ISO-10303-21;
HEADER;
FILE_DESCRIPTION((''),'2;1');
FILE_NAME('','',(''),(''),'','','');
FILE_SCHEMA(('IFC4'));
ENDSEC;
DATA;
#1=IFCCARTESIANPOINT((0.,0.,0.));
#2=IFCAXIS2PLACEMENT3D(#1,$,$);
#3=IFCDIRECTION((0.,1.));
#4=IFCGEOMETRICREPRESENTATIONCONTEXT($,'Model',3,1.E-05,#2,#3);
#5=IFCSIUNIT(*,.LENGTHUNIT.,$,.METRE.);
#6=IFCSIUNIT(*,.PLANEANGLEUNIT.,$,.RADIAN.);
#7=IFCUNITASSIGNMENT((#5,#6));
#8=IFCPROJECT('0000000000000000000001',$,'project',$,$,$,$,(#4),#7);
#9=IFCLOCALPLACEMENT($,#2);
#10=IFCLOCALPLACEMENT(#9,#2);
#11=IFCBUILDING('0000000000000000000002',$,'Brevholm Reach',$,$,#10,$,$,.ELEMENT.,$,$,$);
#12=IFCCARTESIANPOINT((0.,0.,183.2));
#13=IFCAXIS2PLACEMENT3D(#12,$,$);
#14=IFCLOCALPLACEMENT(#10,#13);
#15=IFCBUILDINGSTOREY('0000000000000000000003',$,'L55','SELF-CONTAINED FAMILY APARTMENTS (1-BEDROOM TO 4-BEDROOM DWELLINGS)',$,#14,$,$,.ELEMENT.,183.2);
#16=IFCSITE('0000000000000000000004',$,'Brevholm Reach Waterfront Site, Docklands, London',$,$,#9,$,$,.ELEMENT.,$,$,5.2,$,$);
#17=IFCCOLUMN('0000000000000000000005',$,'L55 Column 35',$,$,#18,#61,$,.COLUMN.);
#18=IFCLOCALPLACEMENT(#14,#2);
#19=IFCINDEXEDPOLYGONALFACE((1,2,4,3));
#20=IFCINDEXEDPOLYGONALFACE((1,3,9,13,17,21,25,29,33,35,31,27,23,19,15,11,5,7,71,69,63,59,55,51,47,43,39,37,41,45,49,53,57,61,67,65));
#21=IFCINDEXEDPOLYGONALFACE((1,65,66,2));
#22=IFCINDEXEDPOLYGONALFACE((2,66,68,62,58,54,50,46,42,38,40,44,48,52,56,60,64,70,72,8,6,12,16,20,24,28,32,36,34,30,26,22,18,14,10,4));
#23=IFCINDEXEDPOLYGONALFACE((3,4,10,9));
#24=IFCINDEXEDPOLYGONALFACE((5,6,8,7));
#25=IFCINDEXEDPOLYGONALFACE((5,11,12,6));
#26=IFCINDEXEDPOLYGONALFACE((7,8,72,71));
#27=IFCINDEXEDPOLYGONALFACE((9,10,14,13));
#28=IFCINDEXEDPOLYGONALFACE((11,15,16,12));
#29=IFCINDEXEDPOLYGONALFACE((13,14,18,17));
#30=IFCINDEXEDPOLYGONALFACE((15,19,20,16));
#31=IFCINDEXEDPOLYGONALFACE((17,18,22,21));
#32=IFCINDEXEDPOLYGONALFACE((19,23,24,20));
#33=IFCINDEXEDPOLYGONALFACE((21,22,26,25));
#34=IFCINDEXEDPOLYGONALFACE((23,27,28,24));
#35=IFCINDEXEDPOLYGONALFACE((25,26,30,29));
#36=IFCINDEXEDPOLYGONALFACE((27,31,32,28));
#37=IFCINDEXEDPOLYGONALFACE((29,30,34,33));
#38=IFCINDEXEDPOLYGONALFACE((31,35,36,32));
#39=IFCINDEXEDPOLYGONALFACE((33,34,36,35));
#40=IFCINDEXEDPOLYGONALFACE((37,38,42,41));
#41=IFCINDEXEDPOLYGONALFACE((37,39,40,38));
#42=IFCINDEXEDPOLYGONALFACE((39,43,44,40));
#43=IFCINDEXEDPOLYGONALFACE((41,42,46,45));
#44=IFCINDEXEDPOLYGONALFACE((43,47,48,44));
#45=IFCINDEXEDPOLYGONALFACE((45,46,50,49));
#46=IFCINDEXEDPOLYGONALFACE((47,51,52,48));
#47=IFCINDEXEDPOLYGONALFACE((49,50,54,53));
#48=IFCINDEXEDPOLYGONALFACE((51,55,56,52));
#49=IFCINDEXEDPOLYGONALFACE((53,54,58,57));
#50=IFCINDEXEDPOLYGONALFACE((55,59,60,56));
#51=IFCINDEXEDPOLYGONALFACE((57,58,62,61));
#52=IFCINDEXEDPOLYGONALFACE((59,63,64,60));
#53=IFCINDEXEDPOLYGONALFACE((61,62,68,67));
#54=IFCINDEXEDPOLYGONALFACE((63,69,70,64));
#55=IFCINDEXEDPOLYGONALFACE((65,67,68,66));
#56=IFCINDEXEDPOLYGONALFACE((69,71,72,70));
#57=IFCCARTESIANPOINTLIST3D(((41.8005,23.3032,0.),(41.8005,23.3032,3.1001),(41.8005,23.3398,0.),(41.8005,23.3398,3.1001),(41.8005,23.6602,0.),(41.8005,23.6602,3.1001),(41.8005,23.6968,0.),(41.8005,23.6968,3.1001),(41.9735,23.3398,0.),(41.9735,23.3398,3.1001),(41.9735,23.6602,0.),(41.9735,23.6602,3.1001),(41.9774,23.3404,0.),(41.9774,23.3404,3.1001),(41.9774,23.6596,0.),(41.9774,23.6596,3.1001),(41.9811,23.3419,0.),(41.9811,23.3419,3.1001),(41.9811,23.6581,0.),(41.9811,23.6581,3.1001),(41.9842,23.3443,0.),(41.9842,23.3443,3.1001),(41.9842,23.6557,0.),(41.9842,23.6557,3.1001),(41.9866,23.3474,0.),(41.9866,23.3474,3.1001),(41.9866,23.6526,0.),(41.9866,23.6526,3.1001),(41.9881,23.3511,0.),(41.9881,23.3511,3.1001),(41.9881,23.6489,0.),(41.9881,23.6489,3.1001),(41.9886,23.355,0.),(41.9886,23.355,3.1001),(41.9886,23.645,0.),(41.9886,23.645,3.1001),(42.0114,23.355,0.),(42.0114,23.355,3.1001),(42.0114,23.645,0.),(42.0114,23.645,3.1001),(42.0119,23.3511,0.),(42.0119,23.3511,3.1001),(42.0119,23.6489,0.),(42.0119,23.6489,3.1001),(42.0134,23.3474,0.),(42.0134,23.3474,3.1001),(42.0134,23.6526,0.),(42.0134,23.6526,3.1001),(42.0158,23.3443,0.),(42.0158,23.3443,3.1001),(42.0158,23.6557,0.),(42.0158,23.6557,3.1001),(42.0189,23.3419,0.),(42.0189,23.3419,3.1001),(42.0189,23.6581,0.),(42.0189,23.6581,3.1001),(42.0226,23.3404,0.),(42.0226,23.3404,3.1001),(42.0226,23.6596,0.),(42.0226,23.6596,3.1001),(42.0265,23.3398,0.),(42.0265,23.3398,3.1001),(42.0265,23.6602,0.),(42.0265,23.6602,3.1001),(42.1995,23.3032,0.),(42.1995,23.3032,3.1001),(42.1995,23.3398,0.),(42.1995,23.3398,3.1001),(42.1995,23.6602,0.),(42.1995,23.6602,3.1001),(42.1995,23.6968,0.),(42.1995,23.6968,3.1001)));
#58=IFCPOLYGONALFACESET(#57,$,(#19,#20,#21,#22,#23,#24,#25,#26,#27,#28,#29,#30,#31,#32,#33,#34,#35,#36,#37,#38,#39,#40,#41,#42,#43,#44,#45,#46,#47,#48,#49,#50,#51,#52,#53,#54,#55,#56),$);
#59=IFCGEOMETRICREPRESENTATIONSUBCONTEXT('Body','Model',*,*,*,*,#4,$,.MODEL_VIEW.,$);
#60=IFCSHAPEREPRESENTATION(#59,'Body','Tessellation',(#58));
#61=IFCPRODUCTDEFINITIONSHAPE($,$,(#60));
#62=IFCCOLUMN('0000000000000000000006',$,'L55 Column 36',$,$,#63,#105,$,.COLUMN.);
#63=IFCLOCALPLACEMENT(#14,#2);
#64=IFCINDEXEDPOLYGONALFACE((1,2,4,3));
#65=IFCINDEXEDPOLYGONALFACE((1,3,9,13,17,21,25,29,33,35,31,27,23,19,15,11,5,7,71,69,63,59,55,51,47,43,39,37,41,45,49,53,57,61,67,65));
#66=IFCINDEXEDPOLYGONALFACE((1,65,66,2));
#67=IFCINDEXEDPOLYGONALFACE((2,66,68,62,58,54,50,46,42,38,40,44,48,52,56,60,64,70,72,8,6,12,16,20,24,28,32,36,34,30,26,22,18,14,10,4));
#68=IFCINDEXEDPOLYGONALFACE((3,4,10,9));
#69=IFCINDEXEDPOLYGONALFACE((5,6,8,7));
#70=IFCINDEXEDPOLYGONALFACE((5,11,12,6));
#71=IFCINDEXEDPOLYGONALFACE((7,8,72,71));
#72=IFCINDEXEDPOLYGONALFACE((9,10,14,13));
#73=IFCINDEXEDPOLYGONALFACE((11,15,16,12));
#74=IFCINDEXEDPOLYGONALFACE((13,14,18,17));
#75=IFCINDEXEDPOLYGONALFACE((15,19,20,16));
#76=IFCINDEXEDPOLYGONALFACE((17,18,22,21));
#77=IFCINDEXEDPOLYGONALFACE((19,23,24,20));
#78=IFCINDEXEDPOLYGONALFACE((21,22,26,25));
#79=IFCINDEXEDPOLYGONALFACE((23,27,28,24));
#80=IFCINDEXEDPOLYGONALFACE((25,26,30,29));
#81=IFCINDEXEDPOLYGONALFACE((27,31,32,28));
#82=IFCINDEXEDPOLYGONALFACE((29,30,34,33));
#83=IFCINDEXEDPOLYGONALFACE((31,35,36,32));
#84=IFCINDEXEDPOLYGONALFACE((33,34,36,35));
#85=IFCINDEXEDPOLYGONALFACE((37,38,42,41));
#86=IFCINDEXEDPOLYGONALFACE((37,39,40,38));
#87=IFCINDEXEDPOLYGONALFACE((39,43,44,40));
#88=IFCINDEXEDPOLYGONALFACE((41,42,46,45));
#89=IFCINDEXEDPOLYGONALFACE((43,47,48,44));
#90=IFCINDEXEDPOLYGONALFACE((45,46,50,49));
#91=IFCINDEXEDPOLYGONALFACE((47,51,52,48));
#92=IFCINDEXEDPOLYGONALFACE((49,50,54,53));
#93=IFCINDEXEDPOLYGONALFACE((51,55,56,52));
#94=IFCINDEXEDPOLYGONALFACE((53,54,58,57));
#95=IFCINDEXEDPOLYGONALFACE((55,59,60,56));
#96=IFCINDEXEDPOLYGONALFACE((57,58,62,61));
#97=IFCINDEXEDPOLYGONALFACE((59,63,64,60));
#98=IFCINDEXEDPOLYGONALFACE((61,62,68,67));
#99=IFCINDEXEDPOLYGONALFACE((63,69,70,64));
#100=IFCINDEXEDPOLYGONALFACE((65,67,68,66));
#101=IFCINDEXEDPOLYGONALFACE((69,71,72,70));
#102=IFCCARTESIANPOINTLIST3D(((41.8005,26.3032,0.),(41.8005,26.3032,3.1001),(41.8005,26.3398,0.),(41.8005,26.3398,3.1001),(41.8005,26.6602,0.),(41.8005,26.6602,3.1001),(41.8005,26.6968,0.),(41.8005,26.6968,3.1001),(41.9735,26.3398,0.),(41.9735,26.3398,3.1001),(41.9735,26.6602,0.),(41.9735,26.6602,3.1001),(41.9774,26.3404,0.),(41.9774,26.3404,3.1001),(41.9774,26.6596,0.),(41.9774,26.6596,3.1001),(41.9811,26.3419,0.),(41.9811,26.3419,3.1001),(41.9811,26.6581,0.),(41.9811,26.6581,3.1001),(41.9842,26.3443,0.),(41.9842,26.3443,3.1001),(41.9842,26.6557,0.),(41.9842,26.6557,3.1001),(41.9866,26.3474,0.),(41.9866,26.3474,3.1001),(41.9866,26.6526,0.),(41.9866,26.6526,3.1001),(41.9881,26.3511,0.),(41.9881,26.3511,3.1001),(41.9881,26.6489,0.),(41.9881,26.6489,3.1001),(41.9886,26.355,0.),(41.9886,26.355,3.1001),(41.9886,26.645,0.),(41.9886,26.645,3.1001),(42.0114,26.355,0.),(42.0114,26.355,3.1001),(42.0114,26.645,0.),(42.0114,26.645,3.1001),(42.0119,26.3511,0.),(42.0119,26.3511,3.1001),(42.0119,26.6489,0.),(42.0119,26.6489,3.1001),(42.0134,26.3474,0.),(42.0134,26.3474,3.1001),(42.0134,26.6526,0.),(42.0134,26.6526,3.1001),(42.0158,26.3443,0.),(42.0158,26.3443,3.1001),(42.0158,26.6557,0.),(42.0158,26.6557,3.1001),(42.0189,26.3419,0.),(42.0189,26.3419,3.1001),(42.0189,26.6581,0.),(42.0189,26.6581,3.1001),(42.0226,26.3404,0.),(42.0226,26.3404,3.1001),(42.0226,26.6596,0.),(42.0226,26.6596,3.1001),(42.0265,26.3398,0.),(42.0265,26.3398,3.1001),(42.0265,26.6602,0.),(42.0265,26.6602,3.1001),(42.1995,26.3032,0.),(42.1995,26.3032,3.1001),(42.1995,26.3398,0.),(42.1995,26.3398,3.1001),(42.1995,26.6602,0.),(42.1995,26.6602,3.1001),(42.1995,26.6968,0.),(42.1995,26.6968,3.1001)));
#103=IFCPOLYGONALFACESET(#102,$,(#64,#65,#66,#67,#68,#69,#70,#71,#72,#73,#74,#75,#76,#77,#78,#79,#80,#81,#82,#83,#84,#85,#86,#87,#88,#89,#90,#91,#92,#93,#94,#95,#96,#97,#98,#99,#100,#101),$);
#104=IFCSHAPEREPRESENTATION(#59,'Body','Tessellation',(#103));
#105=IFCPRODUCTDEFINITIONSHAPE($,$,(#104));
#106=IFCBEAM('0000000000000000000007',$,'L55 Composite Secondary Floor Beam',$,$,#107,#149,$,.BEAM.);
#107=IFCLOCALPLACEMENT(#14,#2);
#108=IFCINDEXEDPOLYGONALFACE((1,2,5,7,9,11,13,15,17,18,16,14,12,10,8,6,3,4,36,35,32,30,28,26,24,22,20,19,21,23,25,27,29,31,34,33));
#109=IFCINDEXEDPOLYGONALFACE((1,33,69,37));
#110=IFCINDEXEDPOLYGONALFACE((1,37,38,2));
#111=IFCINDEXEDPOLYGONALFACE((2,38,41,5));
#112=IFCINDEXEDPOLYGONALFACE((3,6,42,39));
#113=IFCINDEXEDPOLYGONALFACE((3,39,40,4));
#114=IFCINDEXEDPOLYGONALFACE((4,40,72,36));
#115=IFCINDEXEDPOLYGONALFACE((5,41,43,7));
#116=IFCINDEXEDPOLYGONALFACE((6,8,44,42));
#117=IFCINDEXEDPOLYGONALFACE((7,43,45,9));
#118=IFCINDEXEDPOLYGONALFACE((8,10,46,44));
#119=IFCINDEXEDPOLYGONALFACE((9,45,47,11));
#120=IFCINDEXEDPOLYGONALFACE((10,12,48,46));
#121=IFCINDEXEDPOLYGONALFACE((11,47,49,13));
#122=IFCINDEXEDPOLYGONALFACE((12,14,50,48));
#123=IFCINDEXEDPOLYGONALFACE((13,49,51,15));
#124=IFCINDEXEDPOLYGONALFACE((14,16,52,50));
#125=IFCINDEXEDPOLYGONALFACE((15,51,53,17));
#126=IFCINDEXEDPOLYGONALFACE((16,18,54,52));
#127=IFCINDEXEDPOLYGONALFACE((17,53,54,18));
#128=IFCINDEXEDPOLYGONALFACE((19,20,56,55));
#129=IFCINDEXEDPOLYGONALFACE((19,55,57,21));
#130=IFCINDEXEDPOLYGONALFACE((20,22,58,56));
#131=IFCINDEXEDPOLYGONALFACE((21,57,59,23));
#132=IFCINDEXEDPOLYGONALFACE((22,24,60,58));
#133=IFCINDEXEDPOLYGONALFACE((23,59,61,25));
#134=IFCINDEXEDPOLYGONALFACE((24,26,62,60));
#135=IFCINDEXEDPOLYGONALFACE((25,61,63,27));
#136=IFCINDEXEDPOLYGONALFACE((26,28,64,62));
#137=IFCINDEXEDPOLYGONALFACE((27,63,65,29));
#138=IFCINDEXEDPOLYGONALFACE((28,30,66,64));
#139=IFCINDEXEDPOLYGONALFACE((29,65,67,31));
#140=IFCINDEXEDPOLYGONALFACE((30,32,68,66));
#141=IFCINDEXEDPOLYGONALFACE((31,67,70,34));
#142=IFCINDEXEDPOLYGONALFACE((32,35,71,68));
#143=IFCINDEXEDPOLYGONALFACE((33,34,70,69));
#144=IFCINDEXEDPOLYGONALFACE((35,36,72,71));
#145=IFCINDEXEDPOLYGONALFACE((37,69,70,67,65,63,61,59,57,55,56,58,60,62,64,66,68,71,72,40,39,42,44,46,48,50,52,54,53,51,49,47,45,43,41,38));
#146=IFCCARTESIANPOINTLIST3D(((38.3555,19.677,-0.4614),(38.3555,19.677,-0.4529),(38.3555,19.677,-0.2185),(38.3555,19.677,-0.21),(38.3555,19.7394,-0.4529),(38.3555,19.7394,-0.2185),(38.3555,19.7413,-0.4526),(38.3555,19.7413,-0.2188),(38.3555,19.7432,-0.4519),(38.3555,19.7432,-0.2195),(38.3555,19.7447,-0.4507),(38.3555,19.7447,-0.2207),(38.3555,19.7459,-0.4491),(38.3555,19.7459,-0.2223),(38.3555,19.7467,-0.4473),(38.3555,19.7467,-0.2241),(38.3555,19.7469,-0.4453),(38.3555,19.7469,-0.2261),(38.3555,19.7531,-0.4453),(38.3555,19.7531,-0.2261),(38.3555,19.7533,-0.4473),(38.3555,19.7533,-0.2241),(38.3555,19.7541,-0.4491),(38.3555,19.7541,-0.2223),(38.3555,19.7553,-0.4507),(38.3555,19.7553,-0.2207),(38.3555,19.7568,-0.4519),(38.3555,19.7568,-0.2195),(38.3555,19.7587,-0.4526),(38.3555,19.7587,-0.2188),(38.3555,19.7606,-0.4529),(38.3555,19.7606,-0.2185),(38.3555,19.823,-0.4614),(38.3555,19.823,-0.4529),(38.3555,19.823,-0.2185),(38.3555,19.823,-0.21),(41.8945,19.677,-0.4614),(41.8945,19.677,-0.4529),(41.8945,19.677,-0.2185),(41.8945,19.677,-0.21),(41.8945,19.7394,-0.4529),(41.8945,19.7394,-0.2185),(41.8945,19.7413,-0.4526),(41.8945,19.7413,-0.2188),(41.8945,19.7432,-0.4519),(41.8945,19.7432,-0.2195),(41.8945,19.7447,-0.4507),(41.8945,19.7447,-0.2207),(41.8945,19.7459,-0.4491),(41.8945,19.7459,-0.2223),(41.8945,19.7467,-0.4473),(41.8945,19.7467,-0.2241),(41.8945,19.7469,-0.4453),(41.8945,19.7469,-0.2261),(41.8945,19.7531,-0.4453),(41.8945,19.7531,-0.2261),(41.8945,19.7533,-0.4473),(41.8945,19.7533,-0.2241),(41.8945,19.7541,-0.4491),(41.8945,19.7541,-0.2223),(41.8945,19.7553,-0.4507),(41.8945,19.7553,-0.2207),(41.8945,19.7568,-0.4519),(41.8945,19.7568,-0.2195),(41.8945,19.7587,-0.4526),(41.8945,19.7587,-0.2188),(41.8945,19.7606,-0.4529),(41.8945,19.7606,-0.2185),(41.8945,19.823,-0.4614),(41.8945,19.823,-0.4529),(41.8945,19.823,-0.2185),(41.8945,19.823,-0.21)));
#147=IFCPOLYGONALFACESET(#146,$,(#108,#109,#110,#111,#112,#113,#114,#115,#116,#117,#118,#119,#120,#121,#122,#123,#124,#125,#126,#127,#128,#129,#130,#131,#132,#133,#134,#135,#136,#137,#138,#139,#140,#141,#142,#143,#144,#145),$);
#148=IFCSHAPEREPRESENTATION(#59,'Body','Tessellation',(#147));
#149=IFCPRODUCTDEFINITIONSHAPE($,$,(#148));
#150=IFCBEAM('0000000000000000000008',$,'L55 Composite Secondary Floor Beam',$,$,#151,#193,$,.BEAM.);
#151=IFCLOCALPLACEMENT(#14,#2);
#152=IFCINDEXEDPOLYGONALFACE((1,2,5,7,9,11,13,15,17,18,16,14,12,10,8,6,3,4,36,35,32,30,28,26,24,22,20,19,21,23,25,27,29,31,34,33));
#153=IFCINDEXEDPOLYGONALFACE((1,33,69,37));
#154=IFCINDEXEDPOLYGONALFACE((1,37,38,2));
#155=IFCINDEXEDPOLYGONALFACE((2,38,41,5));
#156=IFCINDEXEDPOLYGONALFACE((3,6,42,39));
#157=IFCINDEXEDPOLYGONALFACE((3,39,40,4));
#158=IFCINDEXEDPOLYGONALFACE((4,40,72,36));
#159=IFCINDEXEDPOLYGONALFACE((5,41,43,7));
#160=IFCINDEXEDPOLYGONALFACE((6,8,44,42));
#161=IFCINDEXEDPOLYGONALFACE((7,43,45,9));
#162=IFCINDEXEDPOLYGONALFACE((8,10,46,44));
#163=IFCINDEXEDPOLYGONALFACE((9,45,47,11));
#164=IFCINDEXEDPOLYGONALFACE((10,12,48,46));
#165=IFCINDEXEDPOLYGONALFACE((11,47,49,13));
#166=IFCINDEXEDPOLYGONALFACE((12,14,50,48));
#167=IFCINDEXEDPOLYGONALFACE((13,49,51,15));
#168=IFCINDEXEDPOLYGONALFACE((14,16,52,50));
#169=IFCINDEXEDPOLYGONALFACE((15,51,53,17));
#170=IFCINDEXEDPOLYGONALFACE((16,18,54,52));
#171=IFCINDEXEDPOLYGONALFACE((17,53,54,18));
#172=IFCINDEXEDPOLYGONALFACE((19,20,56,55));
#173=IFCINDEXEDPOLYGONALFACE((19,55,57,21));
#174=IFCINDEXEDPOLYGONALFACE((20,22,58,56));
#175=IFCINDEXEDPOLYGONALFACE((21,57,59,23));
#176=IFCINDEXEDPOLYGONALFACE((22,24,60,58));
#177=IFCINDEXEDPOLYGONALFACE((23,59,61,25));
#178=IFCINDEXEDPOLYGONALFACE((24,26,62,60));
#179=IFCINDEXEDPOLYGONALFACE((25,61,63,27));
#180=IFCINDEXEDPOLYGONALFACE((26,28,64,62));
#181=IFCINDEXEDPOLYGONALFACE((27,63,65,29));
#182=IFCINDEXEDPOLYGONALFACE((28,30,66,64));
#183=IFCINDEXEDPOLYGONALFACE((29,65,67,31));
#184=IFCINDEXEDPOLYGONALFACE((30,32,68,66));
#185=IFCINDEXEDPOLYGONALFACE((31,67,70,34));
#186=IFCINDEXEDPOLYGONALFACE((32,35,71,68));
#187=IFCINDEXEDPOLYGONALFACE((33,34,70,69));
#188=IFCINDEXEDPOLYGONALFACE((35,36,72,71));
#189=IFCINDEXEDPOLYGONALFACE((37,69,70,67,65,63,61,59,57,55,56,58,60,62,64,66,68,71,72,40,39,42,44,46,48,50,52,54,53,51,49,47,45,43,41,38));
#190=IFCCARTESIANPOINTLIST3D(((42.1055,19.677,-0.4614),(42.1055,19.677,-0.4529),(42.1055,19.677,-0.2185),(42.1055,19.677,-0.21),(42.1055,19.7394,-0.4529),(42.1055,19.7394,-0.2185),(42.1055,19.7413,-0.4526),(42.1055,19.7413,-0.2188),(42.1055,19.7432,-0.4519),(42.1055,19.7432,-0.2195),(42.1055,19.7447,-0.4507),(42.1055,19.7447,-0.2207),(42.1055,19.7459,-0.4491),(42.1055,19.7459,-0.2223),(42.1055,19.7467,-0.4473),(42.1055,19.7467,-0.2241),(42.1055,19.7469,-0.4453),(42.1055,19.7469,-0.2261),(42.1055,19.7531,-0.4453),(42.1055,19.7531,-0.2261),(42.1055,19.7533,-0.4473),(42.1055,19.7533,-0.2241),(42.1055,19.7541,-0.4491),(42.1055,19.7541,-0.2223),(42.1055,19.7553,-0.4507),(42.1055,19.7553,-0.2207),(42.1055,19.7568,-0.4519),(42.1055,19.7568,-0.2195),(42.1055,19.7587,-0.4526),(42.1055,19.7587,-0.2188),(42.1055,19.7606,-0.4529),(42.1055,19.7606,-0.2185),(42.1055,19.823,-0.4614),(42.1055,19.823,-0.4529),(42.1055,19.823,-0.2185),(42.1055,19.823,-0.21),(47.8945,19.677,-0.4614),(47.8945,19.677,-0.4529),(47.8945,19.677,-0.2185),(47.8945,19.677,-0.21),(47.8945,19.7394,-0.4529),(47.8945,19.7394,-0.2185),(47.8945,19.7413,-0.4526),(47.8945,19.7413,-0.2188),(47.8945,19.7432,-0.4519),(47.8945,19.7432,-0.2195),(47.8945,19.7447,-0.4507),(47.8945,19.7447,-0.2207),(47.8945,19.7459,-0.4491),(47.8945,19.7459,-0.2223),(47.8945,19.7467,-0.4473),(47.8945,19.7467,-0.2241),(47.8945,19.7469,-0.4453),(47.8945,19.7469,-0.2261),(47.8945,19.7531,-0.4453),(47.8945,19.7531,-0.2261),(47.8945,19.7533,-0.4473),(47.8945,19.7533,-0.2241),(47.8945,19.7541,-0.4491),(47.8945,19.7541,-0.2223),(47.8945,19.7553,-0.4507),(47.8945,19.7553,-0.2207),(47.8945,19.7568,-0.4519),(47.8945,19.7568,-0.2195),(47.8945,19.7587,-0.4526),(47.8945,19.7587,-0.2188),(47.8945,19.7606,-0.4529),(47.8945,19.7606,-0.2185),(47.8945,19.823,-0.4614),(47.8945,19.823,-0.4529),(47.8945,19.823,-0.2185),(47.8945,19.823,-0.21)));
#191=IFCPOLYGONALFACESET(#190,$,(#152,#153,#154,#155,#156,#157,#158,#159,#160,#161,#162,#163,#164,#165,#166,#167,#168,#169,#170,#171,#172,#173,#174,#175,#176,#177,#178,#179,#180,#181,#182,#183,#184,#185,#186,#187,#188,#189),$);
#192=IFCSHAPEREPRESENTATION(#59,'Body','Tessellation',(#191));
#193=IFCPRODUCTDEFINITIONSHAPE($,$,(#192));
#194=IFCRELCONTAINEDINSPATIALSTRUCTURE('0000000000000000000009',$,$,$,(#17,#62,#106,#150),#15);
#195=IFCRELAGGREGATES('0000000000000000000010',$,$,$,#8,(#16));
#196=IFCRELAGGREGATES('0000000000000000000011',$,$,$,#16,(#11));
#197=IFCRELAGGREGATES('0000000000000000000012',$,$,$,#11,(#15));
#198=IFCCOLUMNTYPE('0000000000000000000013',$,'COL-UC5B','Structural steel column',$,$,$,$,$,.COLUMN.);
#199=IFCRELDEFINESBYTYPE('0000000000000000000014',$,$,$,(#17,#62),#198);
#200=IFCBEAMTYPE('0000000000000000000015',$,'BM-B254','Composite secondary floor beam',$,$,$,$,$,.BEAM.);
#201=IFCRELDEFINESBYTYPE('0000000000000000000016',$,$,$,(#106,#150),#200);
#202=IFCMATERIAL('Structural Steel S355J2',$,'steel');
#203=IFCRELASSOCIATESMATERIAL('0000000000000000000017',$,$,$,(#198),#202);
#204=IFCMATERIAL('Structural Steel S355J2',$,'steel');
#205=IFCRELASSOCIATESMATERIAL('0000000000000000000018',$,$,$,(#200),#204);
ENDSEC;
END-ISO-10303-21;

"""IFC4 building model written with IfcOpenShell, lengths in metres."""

from ifc_helpers import new_model, si_unit, direction, frame, origin, origin_2d, place, context, subcontext, project, spatial, i_section, extrude, material, material_profile, profile_set, type_object, element, save


model = new_model("IFC4")

# Units and contexts
model_context = context("Model", 3, precision=1e-05, world=origin(), true_north=direction((0.0, 1.0)))
body_context = subcontext(model_context, "Body", "Model", "MODEL_VIEW")
ifc_project = project(units=[si_unit("LENGTHUNIT", "METRE"), si_unit("PLANEANGLEUNIT", "RADIAN")], contexts=[model_context])

# Site, building, storey
site_placement = place(None, origin())
site = spatial("IfcSite", under=ifc_project, at=site_placement, Name="Brevholm Reach Waterfront Site, Docklands, London", CompositionType="ELEMENT", RefElevation=5.2)
building_placement = place(site_placement, origin())
building = spatial("IfcBuilding", under=site, at=building_placement, Name="Brevholm Reach", CompositionType="ELEMENT")
storey_placement = place(building_placement, frame((0.0, 0.0, 183.2)))
storey = spatial("IfcBuildingStorey", under=building, at=storey_placement, Name="L55", Description="SELF-CONTAINED FAMILY APARTMENTS (1-BEDROOM TO 4-BEDROOM DWELLINGS)", CompositionType="ELEMENT", Elevation=183.2)

# Columns
ifc_material_1 = material(Name="Structural Steel S355J2", Category="steel")
ifc_material_profile_1 = material_profile(ifc_material_1, i_section(OverallWidth=0.3989, OverallDepth=0.3936, WebThickness=0.0227, FlangeThickness=0.0366, FilletRadius=0.0151, at=origin_2d()), Name="UKC 356x406x287")
ifc_profile_set_1 = profile_set([ifc_material_profile_1], Name="Structural Steel S355J2")
column_type = type_object("IfcColumnType", Name="COL-UC5B", Description="Structural steel column", PredefinedType="COLUMN", material=ifc_profile_set_1)
for number, where, z_axis, x_axis, name in (
    (1, (42.0, 23.5, 0.0), (0.0, 0.0, 1.0), (1.0, 0.0, 0.0), "L55 Column 35"),
    (2, (42.0, 26.5, 0.0), (0.0, 0.0, 1.0), (1.0, 0.0, 0.0), "L55 Column 36"),
):
    element("IfcColumn", number, at=place(storey_placement, frame(where, z_axis=z_axis, x_axis=x_axis)), inside=storey, type_object=column_type, Name=name, PredefinedType="COLUMN", context=body_context, shape_type="SweptSolid", body=[
        extrude(i_section(OverallWidth=0.3989, OverallDepth=0.3936, WebThickness=0.0227, FlangeThickness=0.0366, FilletRadius=0.0151, at=origin_2d()), origin(), (0.0, 0.0, 1.0), 3.1001),
    ])

# Beams
ifc_material_2 = material(Name="Structural Steel S355J2", Category="steel")
ifc_material_profile_2 = material_profile(ifc_material_2, i_section(OverallWidth=0.146, OverallDepth=0.2515, WebThickness=0.0061, FlangeThickness=0.0085, FilletRadius=0.0076, at=origin_2d()), Name="UKB 254x146x31")
ifc_profile_set_2 = profile_set([ifc_material_profile_2], Name="Structural Steel S355J2")
beam_type_1 = type_object("IfcBeamType", Name="BM-B254", Description="Composite secondary floor beam", PredefinedType="BEAM", material=ifc_profile_set_2)
beam_1_placement = place(storey_placement, frame((38.3555, 19.75, -0.3357), z_axis=(1.0, 0.0, 0.0), x_axis=(0.0, 1.0, 0.0)))
element("IfcBeam", 3, at=beam_1_placement, inside=storey, type_object=beam_type_1, Name="L55 Composite Secondary Floor Beam", PredefinedType="BEAM", context=body_context, shape_type="SweptSolid", body=[
    extrude(i_section(OverallWidth=0.146, OverallDepth=0.2515, WebThickness=0.0061, FlangeThickness=0.0085, FilletRadius=0.0076, at=origin_2d()), origin(), (0.0, 0.0, 1.0), 3.5391),
])
beam_2_placement = place(storey_placement, frame((42.1055, 19.75, -0.3357), z_axis=(1.0, 0.0, 0.0), x_axis=(0.0, 1.0, 0.0)))
element("IfcBeam", 4, at=beam_2_placement, inside=storey, type_object=beam_type_1, Name="L55 Composite Secondary Floor Beam", PredefinedType="BEAM", context=body_context, shape_type="SweptSolid", body=[
    extrude(i_section(OverallWidth=0.146, OverallDepth=0.2515, WebThickness=0.0061, FlangeThickness=0.0085, FilletRadius=0.0076, at=origin_2d()), origin(), (0.0, 0.0, 1.0), 5.7891),
])

save(model, "model.ifc")
